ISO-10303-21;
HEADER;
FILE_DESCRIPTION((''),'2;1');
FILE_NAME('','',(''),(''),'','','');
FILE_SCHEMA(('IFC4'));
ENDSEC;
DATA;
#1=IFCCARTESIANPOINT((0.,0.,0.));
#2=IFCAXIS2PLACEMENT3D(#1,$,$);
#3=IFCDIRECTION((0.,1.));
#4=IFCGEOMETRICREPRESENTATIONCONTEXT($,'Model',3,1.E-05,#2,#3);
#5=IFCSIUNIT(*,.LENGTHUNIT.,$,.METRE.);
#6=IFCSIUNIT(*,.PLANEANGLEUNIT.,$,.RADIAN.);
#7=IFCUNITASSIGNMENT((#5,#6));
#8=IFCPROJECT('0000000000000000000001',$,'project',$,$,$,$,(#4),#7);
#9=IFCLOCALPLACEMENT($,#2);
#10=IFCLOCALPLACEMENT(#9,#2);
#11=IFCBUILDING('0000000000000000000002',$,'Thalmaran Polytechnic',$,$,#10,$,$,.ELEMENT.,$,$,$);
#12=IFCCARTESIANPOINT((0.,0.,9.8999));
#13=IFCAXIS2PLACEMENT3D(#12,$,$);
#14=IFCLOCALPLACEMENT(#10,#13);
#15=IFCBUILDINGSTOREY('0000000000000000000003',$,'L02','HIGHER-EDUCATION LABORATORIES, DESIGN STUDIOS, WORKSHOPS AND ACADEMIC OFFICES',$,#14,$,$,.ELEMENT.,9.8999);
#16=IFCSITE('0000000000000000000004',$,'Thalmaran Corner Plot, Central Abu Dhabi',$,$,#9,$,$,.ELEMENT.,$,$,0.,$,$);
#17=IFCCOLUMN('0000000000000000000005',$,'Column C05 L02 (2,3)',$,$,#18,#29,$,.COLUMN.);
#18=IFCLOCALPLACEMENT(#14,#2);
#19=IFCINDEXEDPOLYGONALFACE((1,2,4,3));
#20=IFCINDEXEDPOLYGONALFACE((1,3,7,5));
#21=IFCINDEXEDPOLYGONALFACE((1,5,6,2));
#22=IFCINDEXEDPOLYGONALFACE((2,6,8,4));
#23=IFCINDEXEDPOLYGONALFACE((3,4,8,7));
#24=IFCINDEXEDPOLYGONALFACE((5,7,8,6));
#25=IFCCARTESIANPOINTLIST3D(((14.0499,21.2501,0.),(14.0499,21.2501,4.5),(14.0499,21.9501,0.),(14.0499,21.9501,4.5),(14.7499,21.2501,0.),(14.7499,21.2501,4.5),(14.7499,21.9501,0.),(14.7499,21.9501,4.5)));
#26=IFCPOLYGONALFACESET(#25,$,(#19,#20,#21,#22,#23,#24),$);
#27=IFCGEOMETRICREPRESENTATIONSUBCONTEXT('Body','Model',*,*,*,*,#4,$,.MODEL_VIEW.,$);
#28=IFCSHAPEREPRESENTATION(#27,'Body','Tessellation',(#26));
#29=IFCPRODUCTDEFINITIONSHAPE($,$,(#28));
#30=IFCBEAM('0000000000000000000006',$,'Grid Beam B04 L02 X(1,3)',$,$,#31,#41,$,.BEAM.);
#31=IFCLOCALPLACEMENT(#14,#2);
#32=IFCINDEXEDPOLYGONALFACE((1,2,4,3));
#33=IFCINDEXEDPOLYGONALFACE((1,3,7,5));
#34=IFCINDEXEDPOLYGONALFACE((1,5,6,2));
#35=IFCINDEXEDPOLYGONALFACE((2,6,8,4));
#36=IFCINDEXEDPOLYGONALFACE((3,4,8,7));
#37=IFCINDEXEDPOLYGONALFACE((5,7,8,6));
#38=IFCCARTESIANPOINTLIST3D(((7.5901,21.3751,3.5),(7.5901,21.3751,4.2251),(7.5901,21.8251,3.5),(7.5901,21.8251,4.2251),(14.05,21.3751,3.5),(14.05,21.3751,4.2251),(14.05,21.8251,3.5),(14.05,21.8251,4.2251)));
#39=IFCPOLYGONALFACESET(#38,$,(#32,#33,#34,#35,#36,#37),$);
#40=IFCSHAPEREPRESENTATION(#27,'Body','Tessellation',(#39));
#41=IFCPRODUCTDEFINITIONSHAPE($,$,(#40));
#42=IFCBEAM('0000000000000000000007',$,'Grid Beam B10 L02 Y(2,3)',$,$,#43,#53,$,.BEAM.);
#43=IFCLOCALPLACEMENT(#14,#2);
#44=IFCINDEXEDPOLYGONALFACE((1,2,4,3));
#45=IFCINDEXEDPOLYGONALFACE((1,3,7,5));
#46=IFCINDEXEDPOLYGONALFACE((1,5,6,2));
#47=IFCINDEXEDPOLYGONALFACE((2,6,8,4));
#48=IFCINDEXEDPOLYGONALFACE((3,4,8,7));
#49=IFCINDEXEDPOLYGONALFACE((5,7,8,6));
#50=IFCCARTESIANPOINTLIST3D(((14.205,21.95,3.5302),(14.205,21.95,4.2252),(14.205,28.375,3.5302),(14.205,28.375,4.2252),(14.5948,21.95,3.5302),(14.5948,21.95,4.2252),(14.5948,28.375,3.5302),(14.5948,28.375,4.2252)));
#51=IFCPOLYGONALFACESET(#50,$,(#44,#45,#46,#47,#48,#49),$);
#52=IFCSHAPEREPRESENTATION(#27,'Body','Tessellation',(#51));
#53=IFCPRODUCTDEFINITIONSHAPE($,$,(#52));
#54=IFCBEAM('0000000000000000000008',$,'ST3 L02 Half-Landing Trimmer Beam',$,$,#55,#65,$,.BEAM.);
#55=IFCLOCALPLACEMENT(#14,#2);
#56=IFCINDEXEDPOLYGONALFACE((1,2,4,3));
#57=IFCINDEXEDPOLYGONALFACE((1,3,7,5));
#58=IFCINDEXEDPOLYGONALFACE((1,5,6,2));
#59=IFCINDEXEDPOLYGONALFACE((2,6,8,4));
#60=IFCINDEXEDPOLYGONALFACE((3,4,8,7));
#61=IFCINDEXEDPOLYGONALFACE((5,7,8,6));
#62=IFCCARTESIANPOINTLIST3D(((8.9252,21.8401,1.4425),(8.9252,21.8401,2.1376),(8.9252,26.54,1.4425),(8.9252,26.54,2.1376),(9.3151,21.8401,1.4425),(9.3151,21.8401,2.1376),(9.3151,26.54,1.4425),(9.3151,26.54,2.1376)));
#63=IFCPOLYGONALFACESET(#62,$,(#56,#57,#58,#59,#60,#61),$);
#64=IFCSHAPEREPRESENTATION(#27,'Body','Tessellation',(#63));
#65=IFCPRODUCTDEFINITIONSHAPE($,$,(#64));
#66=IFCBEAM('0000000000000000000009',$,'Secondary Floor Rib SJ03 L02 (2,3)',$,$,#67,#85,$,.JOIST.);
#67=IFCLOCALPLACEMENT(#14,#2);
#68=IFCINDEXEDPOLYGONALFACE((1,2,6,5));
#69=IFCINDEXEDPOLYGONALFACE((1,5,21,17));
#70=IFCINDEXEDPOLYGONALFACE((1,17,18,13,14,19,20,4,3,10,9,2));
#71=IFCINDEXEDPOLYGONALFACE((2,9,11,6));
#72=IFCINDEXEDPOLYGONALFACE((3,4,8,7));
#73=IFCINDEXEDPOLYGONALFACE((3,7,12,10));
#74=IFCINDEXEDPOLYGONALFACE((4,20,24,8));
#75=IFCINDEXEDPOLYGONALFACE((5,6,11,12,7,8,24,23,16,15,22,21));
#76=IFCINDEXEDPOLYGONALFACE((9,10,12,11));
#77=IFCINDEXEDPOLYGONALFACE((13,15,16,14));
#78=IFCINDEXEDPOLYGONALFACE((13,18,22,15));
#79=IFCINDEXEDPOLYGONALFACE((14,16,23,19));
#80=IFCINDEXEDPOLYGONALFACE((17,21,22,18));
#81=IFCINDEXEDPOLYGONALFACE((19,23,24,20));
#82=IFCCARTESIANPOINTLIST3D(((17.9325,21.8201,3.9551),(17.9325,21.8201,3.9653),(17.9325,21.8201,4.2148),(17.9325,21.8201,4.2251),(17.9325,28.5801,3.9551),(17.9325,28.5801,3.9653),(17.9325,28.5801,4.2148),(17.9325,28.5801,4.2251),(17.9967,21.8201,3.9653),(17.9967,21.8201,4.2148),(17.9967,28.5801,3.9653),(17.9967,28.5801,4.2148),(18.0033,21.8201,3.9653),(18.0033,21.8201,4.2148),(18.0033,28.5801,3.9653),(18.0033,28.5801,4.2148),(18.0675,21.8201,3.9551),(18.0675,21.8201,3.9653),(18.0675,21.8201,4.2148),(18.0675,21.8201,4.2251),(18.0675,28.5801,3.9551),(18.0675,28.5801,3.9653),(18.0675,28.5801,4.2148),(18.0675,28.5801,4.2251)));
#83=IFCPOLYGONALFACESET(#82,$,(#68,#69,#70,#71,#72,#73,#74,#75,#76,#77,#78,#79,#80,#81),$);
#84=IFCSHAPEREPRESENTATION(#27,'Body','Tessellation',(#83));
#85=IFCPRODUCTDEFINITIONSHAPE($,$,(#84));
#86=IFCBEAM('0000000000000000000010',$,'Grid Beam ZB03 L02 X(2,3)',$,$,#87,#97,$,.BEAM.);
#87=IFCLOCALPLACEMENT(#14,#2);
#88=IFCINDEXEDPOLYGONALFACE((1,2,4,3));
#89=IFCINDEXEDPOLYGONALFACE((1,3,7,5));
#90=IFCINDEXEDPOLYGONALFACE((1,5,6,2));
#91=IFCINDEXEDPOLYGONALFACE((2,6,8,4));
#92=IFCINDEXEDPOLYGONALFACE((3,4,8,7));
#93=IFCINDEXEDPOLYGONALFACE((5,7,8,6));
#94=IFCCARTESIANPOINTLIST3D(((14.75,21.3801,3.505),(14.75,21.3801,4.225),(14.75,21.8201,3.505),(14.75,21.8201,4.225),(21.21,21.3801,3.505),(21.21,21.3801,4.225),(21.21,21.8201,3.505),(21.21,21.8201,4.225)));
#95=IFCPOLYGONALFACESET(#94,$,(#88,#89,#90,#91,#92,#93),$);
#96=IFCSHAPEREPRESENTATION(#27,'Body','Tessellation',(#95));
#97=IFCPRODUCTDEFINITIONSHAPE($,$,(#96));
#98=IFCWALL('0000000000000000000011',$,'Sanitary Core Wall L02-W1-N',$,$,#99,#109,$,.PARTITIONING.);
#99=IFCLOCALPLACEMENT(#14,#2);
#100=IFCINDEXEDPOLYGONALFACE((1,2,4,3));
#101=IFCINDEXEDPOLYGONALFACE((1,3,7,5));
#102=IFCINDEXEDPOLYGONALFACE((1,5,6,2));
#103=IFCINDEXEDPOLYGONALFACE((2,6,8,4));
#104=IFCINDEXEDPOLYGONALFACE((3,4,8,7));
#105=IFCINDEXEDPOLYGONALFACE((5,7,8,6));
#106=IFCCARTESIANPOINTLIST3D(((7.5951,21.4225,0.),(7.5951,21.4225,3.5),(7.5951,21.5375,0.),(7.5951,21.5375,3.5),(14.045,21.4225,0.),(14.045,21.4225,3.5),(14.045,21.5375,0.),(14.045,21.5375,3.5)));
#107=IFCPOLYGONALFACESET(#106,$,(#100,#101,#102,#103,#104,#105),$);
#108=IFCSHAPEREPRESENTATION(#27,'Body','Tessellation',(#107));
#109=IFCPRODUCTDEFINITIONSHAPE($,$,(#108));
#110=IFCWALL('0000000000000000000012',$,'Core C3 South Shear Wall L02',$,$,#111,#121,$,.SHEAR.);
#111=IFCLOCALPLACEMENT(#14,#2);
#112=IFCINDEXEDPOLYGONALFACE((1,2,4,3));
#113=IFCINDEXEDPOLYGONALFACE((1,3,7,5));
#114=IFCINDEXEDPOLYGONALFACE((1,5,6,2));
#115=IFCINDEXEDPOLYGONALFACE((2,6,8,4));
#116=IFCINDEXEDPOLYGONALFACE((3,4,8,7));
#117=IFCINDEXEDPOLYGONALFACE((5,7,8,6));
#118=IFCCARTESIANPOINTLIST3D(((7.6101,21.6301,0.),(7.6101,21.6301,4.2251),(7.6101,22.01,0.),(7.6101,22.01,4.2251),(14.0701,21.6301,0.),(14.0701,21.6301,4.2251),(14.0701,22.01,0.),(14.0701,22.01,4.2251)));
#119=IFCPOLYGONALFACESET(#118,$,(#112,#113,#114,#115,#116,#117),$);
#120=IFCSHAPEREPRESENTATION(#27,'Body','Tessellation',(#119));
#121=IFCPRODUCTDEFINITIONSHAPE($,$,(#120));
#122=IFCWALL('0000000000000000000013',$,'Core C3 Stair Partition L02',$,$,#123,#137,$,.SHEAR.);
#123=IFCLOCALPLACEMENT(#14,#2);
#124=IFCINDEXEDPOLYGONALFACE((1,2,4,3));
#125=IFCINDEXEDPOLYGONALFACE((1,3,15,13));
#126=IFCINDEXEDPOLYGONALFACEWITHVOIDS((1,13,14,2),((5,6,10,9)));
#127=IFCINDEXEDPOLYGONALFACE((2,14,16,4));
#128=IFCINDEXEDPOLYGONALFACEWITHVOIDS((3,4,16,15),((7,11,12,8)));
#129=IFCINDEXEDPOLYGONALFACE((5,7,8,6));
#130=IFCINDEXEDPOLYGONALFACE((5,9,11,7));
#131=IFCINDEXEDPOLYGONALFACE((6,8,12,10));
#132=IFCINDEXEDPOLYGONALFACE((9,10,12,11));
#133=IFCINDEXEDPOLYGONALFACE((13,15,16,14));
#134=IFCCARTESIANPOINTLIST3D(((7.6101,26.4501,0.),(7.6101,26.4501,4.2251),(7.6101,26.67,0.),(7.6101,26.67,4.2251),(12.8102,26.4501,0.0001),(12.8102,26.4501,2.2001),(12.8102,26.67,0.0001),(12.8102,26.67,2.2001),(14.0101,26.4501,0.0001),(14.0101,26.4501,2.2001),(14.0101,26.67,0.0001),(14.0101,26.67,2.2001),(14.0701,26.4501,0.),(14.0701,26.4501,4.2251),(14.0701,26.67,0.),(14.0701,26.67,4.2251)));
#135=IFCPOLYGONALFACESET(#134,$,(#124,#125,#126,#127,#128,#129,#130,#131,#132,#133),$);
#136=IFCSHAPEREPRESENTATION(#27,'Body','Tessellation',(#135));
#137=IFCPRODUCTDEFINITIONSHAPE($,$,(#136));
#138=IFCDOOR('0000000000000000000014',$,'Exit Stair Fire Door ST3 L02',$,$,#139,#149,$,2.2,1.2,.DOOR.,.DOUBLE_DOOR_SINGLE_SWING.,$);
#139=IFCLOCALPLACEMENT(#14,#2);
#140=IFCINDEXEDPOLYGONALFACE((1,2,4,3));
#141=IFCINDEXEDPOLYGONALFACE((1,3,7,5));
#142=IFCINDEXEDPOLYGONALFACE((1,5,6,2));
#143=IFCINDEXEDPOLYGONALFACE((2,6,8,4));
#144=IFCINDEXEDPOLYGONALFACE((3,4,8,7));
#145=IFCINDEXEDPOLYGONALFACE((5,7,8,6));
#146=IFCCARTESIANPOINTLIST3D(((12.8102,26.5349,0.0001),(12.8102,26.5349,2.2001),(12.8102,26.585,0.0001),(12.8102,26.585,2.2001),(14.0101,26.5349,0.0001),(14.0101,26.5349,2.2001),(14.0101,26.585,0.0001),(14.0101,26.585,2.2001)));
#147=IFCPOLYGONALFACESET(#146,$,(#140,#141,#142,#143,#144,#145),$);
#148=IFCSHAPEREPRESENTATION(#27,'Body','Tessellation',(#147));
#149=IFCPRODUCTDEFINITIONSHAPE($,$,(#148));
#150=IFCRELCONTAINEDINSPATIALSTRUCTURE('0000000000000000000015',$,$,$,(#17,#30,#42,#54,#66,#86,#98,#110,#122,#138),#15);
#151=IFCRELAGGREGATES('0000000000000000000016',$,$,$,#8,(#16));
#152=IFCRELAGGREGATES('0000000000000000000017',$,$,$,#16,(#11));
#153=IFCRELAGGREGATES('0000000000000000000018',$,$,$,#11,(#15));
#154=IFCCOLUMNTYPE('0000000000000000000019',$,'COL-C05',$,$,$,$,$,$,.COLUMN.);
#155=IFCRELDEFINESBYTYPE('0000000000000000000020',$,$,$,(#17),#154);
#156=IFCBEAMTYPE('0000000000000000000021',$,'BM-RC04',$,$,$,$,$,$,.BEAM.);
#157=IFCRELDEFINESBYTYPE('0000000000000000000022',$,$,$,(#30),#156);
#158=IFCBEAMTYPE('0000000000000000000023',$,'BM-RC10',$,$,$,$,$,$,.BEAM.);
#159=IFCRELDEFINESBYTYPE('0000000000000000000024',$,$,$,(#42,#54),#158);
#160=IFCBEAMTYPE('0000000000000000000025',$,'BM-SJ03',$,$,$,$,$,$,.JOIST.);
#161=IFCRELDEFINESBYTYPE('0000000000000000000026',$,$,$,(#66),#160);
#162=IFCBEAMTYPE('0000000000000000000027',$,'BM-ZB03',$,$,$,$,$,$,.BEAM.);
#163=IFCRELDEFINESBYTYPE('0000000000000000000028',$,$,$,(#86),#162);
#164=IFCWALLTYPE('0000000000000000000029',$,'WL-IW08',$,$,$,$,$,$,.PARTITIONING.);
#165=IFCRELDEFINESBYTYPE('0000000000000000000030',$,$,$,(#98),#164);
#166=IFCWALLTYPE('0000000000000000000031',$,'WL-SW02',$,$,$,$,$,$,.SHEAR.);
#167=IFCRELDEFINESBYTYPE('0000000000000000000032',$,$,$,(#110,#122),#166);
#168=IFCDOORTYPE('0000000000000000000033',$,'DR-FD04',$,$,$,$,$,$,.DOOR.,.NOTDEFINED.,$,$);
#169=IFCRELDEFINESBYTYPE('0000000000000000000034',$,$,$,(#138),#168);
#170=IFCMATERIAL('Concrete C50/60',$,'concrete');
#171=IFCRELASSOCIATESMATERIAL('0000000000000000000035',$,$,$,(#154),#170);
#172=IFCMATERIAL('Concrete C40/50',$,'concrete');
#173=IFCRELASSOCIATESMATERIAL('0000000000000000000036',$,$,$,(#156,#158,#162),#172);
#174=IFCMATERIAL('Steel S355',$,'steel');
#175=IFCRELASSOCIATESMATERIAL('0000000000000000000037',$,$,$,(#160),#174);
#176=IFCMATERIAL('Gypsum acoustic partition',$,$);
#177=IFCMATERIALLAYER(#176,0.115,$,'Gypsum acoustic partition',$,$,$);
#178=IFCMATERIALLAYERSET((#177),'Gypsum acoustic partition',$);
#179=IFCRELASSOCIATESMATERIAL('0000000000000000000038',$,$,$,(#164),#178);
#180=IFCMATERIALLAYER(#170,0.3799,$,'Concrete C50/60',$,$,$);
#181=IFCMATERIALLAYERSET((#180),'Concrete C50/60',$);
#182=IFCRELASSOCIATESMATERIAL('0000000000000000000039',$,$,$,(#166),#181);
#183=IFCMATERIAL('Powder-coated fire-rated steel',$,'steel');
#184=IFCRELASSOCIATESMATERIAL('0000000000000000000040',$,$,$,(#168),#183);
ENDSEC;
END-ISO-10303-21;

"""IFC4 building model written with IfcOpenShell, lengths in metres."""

from ifc_helpers import new_model, si_unit, direction, frame, frame_2d, origin, origin_2d, place, context, subcontext, project, spatial, rectangle, i_section, extrude, material, layer, layer_set, material_profile, profile_set, type_object, element, fill, save


model = new_model("IFC4")

# Units and contexts
model_context = context("Model", 3, precision=1e-05, world=origin(), true_north=direction((0.0, 1.0)))
body_context = subcontext(model_context, "Body", "Model", "MODEL_VIEW")
ifc_project = project(units=[si_unit("LENGTHUNIT", "METRE"), si_unit("PLANEANGLEUNIT", "RADIAN")], contexts=[model_context])

# Site, building, storey
site_placement = place(None, origin())
site = spatial("IfcSite", under=ifc_project, at=site_placement, Name="Thalmaran Corner Plot, Central Abu Dhabi", CompositionType="ELEMENT", RefElevation=0.0)
building_placement = place(site_placement, origin())
building = spatial("IfcBuilding", under=site, at=building_placement, Name="Thalmaran Polytechnic", CompositionType="ELEMENT")
storey_placement = place(building_placement, frame((0.0, 0.0, 9.8999)))
storey = spatial("IfcBuildingStorey", under=building, at=storey_placement, Name="L02", Description="HIGHER-EDUCATION LABORATORIES, DESIGN STUDIOS, WORKSHOPS AND ACADEMIC OFFICES", CompositionType="ELEMENT", Elevation=9.8999)

# Column
ifc_material_1 = material(Name="Concrete C50/60", Category="concrete")
ifc_material_profile_1 = material_profile(ifc_material_1, rectangle(XDim=0.7, YDim=0.7, at=origin_2d()), Name="RC 700x700")
ifc_profile_set_1 = profile_set([ifc_material_profile_1], Name="Concrete C50/60")
column_type = type_object("IfcColumnType", Name="COL-C05", PredefinedType="COLUMN", material=ifc_profile_set_1)
column_placement = place(storey_placement, frame((14.3999, 21.6001, 0.0), z_axis=(0.0, 0.0, 1.0), x_axis=(1.0, 0.0, 0.0)))
element("IfcColumn", 1, at=column_placement, inside=storey, type_object=column_type, Name="Column C05 L02 (2,3)", PredefinedType="COLUMN", context=body_context, shape_type="SweptSolid", body=[
    extrude(rectangle(XDim=0.7, YDim=0.7, at=origin_2d()), origin(), (0.0, 0.0, 1.0), 4.5),
])

# Beams
ifc_material_2 = material(Name="Concrete C40/50", Category="concrete")
ifc_material_profile_2 = material_profile(ifc_material_2, rectangle(XDim=0.45, YDim=0.7251, at=origin_2d()), Name="RC 450x725")
ifc_profile_set_2 = profile_set([ifc_material_profile_2], Name="Concrete C40/50")
beam_type_1 = type_object("IfcBeamType", Name="BM-RC04", PredefinedType="BEAM", material=ifc_profile_set_2)
beam_1_placement = place(storey_placement, frame((7.5901, 21.6001, 3.8625), z_axis=(1.0, 0.0, 0.0), x_axis=(0.0, 1.0, 0.0)))
element("IfcBeam", 2, at=beam_1_placement, inside=storey, type_object=beam_type_1, Name="Grid Beam B04 L02 X(1,3)", PredefinedType="BEAM", context=body_context, shape_type="SweptSolid", body=[
    extrude(rectangle(XDim=0.45, YDim=0.7251, at=origin_2d()), origin(), (0.0, 0.0, 1.0), 6.46),
])
ifc_material_profile_3 = material_profile(ifc_material_2, rectangle(XDim=0.3899, YDim=0.6951, at=origin_2d()), Name="RC 390x695")
ifc_profile_set_3 = profile_set([ifc_material_profile_3], Name="Concrete C40/50")
beam_type_2 = type_object("IfcBeamType", Name="BM-RC10", PredefinedType="BEAM", material=ifc_profile_set_3)
beam_2_placement = place(storey_placement, frame((14.3999, 21.95, 3.8777), z_axis=(0.0, 1.0, 0.0), x_axis=(-1.0, 0.0, 0.0)))
element("IfcBeam", 3, at=beam_2_placement, inside=storey, type_object=beam_type_2, Name="Grid Beam B10 L02 Y(2,3)", PredefinedType="BEAM", context=body_context, shape_type="SweptSolid", body=[
    extrude(rectangle(XDim=0.3899, YDim=0.6951, at=origin_2d()), origin(), (0.0, 0.0, 1.0), 6.425),
])
beam_3_placement = place(storey_placement, frame((9.1201, 21.8401, 1.79), z_axis=(0.0, 1.0, 0.0), x_axis=(-1.0, 0.0, 0.0)))
element("IfcBeam", 4, at=beam_3_placement, inside=storey, type_object=beam_type_2, Name="ST3 L02 Half-Landing Trimmer Beam", PredefinedType="BEAM", context=body_context, shape_type="SweptSolid", body=[
    extrude(rectangle(XDim=0.3899, YDim=0.6951, at=origin_2d()), origin(), (0.0, 0.0, 1.0), 4.7),
])
ifc_material_3 = material(Name="Steel S355", Category="steel")
ifc_material_profile_4 = material_profile(ifc_material_3, i_section(OverallWidth=0.135, OverallDepth=0.27, WebThickness=0.0066, FlangeThickness=0.0103, at=origin_2d()), Name="IPE 270")
ifc_profile_set_4 = profile_set([ifc_material_profile_4], Name="Steel S355")
beam_type_3 = type_object("IfcBeamType", Name="BM-SJ03", PredefinedType="JOIST", material=ifc_profile_set_4)
beam_4_placement = place(storey_placement, frame((18.0, 21.8201, 4.0901), z_axis=(0.0, 1.0, 0.0), x_axis=(-1.0, 0.0, 0.0)))
element("IfcBeam", 5, at=beam_4_placement, inside=storey, type_object=beam_type_3, Name="Secondary Floor Rib SJ03 L02 (2,3)", PredefinedType="JOIST", context=body_context, shape_type="SweptSolid", body=[
    extrude(i_section(OverallWidth=0.135, OverallDepth=0.27, WebThickness=0.0066, FlangeThickness=0.0103, at=origin_2d()), origin(), (0.0, 0.0, 1.0), 6.76),
])
ifc_material_profile_5 = material_profile(ifc_material_2, rectangle(XDim=0.4399, YDim=0.72, at=origin_2d()), Name="RC 440x720")
ifc_profile_set_5 = profile_set([ifc_material_profile_5], Name="Concrete C40/50")
beam_type_4 = type_object("IfcBeamType", Name="BM-ZB03", PredefinedType="BEAM", material=ifc_profile_set_5)
beam_5_placement = place(storey_placement, frame((14.75, 21.6001, 3.865), z_axis=(1.0, 0.0, 0.0), x_axis=(0.0, 1.0, 0.0)))
element("IfcBeam", 6, at=beam_5_placement, inside=storey, type_object=beam_type_4, Name="Grid Beam ZB03 L02 X(2,3)", PredefinedType="BEAM", context=body_context, shape_type="SweptSolid", body=[
    extrude(rectangle(XDim=0.4399, YDim=0.72, at=origin_2d()), origin(), (0.0, 0.0, 1.0), 6.46),
])

# Walls
ifc_material_4 = material(Name="Gypsum acoustic partition")
ifc_layer_1 = layer(ifc_material_4, 0.115, Name="Gypsum acoustic partition")
ifc_layer_set_1 = layer_set([ifc_layer_1], Name="Gypsum acoustic partition")
wall_type_1 = type_object("IfcWallType", Name="WL-IW08", PredefinedType="PARTITIONING", material=ifc_layer_set_1)
wall_1_placement = place(storey_placement, frame((7.595, 21.48, 0.0), z_axis=(0.0, 0.0, 1.0), x_axis=(1.0, 0.0, 0.0)))
element("IfcWall", 7, at=wall_1_placement, inside=storey, type_object=wall_type_1, Name="Sanitary Core Wall L02-W1-N", PredefinedType="PARTITIONING", context=body_context, shape_type="SweptSolid", body=[
    extrude(rectangle(XDim=6.45, YDim=0.115, at=frame_2d((3.2251, 0.0))), origin(), (0.0, 0.0, 1.0), 3.5),
])
ifc_layer_2 = layer(ifc_material_1, 0.3799, Name="Concrete C50/60")
ifc_layer_set_2 = layer_set([ifc_layer_2], Name="Concrete C50/60")
wall_type_2 = type_object("IfcWallType", Name="WL-SW02", PredefinedType="SHEAR", material=ifc_layer_set_2)
wall_2_placement = place(storey_placement, frame((7.6101, 21.8201, 0.0), z_axis=(0.0, 0.0, 1.0), x_axis=(1.0, 0.0, 0.0)))
element("IfcWall", 8, at=wall_2_placement, inside=storey, type_object=wall_type_2, Name="Core C3 South Shear Wall L02", PredefinedType="SHEAR", context=body_context, shape_type="SweptSolid", body=[
    extrude(rectangle(XDim=6.46, YDim=0.3799, at=frame_2d((3.23, 0.0))), origin(), (0.0, 0.0, 1.0), 4.2251),
])

# Wall, opening, door
wall_3_placement = place(storey_placement, frame((7.6101, 26.5601, 0.0), z_axis=(0.0, 0.0, 1.0), x_axis=(1.0, 0.0, 0.0)))
wall_3 = element("IfcWall", 9, at=wall_3_placement, inside=storey, type_object=wall_type_2, Name="Core C3 Stair Partition L02", PredefinedType="SHEAR", context=body_context, shape_type="SweptSolid", body=[
    extrude(rectangle(XDim=6.46, YDim=0.22, at=frame_2d((3.23, 0.0))), origin(), (0.0, 0.0, 1.0), 4.2251),
])
opening_1_placement = place(wall_3_placement, frame((5.2, 0.0, 0.0)))
opening_1 = element("IfcOpeningElement", 10, at=opening_1_placement, cuts=wall_3, PredefinedType="OPENING", context=body_context, shape_type="SweptSolid", body=[
    extrude(rectangle(XDim=1.2, YDim=2.2, at=frame_2d((0.6001, 1.1001))), frame((0.0, 0.1199, 0.0), z_axis=(0.0, -1.0, 0.0), x_axis=(1.0, 0.0, 0.0)), (0.0, 0.0, 1.0), 0.24),
])
ifc_material_5 = material(Name="Powder-coated fire-rated steel", Category="steel")
door_type_1 = type_object("IfcDoorType", Name="DR-FD04", OperationType="NOTDEFINED", PredefinedType="DOOR", material=ifc_material_5)
door_1_placement = place(opening_1_placement, origin())
door_1 = element("IfcDoor", 11, at=door_1_placement, inside=storey, type_object=door_type_1, Name="Exit Stair Fire Door ST3 L02", OperationType="DOUBLE_DOOR_SINGLE_SWING", OverallHeight=2.2, OverallWidth=1.2, PredefinedType="DOOR", context=body_context, shape_type="SweptSolid", body=[
    extrude(rectangle(XDim=1.2, YDim=2.2, at=frame_2d((0.6001, 1.1001))), frame((0.0, 0.0249, 0.0), z_axis=(0.0, -1.0, 0.0), x_axis=(1.0, 0.0, 0.0)), (0.0, 0.0, 1.0), 0.05),
])
fill(opening_1, door_1)

save(model, "model.ifc")
